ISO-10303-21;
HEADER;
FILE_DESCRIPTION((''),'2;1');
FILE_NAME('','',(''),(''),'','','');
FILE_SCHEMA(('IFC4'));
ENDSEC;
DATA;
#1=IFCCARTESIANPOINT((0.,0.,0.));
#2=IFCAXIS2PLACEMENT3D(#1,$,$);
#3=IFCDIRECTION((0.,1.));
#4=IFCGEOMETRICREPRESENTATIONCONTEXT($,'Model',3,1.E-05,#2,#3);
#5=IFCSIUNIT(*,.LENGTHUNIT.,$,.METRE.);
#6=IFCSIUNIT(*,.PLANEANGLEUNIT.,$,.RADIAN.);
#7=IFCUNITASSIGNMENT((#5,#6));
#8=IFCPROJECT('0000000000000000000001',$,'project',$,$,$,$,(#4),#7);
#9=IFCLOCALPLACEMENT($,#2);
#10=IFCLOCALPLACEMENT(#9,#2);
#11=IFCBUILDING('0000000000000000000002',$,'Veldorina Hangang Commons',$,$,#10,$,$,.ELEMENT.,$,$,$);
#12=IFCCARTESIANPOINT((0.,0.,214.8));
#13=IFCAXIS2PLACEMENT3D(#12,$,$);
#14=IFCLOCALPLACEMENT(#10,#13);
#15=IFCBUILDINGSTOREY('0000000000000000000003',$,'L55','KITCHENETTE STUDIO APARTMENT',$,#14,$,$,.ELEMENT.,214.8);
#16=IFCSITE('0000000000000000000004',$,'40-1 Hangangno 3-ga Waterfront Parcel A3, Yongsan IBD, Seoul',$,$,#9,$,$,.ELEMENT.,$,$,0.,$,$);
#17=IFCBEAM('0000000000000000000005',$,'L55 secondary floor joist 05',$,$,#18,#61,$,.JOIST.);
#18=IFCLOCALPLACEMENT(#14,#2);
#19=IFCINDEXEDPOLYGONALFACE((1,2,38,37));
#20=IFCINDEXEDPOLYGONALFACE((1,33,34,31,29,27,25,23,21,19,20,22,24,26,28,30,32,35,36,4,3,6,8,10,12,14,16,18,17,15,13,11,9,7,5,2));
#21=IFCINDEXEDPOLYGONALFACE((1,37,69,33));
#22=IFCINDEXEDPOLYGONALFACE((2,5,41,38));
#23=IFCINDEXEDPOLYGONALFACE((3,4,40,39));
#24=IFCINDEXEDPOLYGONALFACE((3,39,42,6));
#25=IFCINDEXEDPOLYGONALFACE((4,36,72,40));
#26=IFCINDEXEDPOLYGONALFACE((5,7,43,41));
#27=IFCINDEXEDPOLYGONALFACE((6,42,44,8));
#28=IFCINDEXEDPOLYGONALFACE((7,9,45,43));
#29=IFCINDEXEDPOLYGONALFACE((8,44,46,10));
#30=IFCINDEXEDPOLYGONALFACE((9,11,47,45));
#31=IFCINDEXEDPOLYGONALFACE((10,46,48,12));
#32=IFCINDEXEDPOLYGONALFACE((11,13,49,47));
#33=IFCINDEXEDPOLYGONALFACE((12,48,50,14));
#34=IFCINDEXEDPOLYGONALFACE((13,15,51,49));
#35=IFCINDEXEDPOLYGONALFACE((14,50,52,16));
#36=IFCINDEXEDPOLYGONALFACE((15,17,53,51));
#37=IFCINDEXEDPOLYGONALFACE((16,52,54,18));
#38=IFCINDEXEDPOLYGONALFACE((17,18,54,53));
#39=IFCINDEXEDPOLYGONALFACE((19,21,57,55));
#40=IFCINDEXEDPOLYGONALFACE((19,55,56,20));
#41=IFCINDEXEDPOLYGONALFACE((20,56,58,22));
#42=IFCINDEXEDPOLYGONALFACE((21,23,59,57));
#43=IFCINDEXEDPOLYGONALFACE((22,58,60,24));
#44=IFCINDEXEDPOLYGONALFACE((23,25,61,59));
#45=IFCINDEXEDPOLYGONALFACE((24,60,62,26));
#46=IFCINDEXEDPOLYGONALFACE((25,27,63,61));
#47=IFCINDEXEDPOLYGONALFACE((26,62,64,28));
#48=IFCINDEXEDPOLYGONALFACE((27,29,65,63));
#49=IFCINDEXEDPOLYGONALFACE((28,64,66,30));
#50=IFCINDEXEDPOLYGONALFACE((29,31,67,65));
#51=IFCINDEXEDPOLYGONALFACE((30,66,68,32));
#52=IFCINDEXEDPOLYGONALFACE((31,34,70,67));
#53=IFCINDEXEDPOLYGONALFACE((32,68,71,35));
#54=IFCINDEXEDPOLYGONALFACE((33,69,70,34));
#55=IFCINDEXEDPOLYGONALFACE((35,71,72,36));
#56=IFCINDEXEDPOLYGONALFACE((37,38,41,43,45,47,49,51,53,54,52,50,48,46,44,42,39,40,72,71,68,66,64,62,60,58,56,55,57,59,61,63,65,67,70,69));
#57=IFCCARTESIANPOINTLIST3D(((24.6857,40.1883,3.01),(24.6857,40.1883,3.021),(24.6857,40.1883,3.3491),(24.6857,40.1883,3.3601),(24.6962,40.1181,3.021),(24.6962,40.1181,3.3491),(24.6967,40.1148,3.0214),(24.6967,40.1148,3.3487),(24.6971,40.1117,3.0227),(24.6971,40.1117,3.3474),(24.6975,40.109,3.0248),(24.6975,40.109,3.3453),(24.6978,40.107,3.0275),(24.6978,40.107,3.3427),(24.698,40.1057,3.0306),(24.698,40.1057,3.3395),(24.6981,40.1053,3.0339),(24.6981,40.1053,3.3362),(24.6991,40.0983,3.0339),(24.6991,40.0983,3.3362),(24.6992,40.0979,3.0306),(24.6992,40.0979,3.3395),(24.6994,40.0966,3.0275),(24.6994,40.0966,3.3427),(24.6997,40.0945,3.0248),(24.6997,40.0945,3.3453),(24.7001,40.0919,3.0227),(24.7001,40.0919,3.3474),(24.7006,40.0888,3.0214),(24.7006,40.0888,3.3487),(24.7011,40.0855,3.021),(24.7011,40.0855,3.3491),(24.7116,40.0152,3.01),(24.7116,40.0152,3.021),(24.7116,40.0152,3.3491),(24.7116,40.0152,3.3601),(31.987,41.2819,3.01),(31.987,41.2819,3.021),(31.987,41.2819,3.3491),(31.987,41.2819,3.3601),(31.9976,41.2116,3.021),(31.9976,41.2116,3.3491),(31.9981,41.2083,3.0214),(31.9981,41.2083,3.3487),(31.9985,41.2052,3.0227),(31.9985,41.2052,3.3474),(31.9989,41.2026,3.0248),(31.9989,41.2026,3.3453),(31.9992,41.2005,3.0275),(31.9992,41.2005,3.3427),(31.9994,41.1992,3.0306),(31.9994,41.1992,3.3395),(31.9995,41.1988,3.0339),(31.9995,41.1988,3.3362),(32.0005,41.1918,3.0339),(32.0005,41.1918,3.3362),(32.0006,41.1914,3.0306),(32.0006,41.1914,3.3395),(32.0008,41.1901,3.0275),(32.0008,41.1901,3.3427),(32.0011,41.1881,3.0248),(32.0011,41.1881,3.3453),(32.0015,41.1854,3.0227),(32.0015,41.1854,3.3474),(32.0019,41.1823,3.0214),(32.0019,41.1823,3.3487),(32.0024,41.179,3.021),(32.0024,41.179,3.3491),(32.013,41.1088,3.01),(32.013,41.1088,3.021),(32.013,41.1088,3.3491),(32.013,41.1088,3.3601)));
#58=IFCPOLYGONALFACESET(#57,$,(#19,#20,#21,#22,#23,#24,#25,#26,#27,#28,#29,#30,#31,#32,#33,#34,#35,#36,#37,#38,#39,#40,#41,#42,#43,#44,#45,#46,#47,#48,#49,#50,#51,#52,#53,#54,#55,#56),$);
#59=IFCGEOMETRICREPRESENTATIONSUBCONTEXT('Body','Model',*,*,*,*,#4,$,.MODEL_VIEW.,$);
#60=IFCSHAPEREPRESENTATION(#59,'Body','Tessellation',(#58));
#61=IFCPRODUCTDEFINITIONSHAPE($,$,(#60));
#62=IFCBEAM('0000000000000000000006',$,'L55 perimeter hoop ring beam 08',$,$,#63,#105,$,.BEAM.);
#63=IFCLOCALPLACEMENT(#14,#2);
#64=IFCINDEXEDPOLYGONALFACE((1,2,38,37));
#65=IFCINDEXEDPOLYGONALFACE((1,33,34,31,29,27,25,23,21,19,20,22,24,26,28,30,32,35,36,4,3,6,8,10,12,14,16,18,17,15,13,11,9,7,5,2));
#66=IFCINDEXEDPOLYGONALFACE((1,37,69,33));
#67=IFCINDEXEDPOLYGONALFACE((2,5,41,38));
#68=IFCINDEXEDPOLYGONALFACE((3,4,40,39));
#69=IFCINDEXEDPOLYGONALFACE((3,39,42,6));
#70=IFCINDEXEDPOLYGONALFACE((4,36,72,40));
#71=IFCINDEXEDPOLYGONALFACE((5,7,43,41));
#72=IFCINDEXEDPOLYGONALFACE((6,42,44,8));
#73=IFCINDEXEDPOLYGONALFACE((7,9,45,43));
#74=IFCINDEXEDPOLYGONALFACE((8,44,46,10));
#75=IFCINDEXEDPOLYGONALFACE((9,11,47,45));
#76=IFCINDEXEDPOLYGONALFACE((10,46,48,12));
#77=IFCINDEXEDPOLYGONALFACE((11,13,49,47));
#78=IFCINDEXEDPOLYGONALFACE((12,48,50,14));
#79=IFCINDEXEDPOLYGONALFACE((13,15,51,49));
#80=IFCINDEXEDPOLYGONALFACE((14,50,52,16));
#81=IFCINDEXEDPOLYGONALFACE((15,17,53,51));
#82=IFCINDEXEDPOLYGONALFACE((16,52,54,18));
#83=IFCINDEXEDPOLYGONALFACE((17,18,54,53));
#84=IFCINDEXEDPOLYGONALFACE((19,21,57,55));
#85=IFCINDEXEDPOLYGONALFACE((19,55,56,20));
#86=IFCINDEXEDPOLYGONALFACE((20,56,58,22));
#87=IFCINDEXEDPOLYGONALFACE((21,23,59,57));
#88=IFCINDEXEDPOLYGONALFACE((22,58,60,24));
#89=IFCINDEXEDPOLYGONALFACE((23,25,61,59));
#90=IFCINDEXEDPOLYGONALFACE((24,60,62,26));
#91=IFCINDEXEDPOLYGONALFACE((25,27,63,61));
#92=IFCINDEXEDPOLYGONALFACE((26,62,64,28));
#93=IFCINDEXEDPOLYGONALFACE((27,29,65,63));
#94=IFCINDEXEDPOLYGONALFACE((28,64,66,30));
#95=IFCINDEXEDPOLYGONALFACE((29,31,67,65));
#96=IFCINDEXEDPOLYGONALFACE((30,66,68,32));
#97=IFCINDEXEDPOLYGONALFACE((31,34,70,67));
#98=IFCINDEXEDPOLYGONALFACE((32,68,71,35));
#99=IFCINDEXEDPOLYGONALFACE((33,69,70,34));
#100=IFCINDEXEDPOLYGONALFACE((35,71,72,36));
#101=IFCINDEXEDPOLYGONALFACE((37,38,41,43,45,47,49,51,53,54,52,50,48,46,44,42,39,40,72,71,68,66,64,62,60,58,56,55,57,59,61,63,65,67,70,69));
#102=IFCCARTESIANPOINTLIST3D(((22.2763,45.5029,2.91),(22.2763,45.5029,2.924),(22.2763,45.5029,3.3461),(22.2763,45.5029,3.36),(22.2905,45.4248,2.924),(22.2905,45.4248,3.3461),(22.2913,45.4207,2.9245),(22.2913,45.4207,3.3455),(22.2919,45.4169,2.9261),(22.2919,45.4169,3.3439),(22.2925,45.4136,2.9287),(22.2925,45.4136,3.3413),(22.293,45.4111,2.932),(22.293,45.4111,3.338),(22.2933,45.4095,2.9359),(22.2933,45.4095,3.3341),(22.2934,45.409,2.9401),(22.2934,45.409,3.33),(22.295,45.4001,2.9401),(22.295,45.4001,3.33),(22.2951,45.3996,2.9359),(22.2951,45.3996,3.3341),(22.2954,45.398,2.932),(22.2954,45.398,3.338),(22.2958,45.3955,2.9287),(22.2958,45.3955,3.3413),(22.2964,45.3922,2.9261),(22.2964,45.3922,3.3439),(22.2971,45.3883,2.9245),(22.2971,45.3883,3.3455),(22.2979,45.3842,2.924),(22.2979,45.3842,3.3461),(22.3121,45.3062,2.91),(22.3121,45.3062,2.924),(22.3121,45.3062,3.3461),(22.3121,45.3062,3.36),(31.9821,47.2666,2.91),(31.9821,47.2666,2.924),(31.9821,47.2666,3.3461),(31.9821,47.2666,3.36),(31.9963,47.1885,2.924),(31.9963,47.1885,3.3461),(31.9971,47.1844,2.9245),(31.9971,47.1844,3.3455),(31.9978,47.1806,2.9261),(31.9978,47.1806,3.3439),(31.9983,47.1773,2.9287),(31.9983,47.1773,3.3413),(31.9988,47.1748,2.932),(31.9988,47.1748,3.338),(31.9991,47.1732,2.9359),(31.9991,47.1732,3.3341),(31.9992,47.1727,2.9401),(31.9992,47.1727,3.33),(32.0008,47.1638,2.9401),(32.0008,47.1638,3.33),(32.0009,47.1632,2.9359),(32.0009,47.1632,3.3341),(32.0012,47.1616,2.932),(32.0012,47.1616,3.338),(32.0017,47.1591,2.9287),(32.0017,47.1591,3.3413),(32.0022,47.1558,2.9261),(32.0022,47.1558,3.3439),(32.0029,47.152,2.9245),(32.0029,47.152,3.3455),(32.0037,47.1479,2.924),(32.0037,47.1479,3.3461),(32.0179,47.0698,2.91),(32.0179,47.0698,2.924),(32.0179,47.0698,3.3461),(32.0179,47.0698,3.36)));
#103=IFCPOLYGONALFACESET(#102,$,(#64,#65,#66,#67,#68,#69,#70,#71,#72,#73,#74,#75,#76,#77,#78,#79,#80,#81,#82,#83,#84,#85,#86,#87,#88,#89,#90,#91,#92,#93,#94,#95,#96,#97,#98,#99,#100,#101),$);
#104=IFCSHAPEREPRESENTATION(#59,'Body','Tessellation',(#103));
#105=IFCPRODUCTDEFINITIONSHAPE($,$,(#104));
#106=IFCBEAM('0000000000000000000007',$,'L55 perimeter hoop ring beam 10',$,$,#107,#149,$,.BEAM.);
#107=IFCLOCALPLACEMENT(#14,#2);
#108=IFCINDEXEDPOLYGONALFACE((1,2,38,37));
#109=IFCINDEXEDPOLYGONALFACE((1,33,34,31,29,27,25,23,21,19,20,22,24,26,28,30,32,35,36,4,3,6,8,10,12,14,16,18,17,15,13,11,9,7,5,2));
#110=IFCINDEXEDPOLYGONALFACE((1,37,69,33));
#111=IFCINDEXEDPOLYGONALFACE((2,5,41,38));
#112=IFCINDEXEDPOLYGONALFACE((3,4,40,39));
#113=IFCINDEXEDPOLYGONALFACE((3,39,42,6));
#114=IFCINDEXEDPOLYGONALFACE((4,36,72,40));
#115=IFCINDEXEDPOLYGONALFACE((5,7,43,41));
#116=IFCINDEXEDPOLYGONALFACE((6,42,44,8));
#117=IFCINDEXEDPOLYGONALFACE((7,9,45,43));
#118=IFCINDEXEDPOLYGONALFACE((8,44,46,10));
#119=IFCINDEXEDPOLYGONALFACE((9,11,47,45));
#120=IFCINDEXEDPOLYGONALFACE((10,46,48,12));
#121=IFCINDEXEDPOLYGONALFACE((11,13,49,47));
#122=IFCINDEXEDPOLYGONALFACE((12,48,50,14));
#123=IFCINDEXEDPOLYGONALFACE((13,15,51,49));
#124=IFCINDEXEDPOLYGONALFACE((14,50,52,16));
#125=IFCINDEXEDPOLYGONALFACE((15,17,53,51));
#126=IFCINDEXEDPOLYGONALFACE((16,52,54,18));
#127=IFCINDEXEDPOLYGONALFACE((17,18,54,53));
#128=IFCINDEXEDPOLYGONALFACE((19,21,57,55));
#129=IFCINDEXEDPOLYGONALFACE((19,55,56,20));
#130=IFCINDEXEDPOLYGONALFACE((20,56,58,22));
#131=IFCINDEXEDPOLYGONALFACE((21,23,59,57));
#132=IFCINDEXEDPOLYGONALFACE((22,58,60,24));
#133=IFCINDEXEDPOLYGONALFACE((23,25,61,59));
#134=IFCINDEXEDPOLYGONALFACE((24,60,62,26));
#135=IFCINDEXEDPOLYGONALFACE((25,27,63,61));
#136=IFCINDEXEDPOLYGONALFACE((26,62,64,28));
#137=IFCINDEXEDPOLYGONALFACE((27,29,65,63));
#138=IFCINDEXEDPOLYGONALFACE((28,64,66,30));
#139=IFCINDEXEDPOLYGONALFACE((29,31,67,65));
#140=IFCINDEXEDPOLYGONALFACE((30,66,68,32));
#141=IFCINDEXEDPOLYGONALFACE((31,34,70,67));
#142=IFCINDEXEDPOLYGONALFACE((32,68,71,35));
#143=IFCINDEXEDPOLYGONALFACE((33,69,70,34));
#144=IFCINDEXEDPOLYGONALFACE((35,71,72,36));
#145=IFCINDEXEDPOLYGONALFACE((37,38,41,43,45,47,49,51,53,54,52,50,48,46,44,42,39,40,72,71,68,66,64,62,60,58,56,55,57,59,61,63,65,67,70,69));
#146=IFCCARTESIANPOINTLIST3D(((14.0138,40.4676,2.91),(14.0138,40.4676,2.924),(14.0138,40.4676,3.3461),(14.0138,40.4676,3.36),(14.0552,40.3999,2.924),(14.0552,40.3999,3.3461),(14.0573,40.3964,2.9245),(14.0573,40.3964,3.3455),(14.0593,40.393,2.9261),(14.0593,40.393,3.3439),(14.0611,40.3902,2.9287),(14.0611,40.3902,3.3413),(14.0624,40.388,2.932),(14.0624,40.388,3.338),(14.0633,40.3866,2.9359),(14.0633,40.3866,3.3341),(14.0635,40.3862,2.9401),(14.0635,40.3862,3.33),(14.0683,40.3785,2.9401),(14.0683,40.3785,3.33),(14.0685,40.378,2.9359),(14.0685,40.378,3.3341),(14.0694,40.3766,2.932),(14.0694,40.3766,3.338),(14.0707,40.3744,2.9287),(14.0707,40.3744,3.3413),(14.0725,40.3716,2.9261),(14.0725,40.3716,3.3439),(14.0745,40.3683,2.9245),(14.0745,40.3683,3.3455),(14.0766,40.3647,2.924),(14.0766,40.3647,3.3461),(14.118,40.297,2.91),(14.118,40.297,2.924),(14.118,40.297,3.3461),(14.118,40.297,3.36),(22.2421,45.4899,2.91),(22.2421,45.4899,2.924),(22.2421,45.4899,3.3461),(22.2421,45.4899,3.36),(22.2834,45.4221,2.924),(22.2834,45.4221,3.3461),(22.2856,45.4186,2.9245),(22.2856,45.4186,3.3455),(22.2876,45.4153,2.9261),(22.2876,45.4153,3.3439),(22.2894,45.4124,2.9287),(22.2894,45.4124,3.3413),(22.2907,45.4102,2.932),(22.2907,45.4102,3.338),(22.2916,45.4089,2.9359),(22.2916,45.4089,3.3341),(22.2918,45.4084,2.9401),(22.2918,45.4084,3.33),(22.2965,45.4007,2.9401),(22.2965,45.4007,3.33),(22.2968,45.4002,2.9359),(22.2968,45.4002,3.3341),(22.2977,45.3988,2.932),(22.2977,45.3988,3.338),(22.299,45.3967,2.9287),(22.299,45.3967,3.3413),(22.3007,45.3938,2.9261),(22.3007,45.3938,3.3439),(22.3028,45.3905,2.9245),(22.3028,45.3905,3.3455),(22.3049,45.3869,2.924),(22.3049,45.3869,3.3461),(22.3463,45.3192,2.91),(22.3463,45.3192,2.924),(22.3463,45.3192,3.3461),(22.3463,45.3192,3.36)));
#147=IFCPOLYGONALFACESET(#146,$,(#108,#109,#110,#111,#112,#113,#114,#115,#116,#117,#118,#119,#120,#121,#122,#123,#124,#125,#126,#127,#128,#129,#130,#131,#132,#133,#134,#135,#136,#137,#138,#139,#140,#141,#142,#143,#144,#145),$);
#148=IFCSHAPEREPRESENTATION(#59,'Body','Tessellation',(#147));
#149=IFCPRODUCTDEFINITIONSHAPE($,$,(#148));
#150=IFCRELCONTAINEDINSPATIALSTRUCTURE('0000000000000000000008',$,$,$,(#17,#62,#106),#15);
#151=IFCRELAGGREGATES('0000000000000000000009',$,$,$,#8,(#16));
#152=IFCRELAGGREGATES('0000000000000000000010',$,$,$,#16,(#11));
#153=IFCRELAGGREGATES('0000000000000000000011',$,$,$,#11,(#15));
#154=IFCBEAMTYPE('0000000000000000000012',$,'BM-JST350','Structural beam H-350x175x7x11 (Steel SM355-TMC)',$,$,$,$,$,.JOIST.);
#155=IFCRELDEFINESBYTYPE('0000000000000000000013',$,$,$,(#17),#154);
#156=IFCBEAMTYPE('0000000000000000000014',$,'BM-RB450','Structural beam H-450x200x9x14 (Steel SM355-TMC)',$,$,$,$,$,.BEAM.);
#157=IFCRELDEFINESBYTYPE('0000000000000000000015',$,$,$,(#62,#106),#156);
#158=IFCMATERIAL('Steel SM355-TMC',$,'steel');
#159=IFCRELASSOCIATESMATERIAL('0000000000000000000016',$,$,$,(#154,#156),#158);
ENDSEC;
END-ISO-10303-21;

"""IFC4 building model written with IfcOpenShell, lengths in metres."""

from ifc_helpers import new_model, si_unit, direction, frame, origin, origin_2d, place, context, subcontext, project, spatial, i_section, extrude, material, material_profile, profile_set, type_object, element, save


model = new_model("IFC4")

# Units and contexts
model_context = context("Model", 3, precision=1e-05, world=origin(), true_north=direction((0.0, 1.0)))
body_context = subcontext(model_context, "Body", "Model", "MODEL_VIEW")
ifc_project = project(units=[si_unit("LENGTHUNIT", "METRE"), si_unit("PLANEANGLEUNIT", "RADIAN")], contexts=[model_context])

# Site, building, storey
site_placement = place(None, origin())
site = spatial("IfcSite", under=ifc_project, at=site_placement, Name="40-1 Hangangno 3-ga Waterfront Parcel A3, Yongsan IBD, Seoul", CompositionType="ELEMENT", RefElevation=0.0)
building_placement = place(site_placement, origin())
building = spatial("IfcBuilding", under=site, at=building_placement, Name="Veldorina Hangang Commons", CompositionType="ELEMENT")
storey_placement = place(building_placement, frame((0.0, 0.0, 214.8)))
storey = spatial("IfcBuildingStorey", under=building, at=storey_placement, Name="L55", Description="KITCHENETTE STUDIO APARTMENT", CompositionType="ELEMENT", Elevation=214.8)

# Beams
ifc_material_1 = material(Name="Steel SM355-TMC", Category="steel")
ifc_material_profile_1 = material_profile(ifc_material_1, i_section(OverallWidth=0.175, OverallDepth=0.3501, WebThickness=0.0071, FlangeThickness=0.011, FilletRadius=0.0129, at=origin_2d()), Name="H-350x175x7x11")
ifc_profile_set_1 = profile_set([ifc_material_profile_1], Name="Steel SM355-TMC")
beam_type_1 = type_object("IfcBeamType", Name="BM-JST350", Description="Structural beam H-350x175x7x11 (Steel SM355-TMC)", PredefinedType="JOIST", material=ifc_profile_set_1)
beam_1_placement = place(storey_placement, frame((32.0, 41.1953, 3.1851), z_axis=(-0.98897, -0.148117, 0.0), x_axis=(0.148117, -0.98897, 0.0)))
element("IfcBeam", 1, at=beam_1_placement, inside=storey, type_object=beam_type_1, Name="L55 secondary floor joist 05", PredefinedType="JOIST", context=body_context, shape_type="SweptSolid", body=[
    extrude(i_section(OverallWidth=0.175, OverallDepth=0.3501, WebThickness=0.0071, FlangeThickness=0.011, FilletRadius=0.0129, at=origin_2d()), origin(), (0.0, 0.0, 1.0), 7.3828),
])
ifc_material_profile_2 = material_profile(ifc_material_1, i_section(OverallWidth=0.2, OverallDepth=0.45, WebThickness=0.009, FlangeThickness=0.0139, FilletRadius=0.0161, at=origin_2d()), Name="H-450x200x9x14")
ifc_profile_set_2 = profile_set([ifc_material_profile_2], Name="Steel SM355-TMC")
beam_type_2 = type_object("IfcBeamType", Name="BM-RB450", Description="Structural beam H-450x200x9x14 (Steel SM355-TMC)", PredefinedType="BEAM", material=ifc_profile_set_2)
beam_2_placement = place(storey_placement, frame((32.0, 47.1682, 3.135), z_axis=(-0.983888, -0.178785, 0.0), x_axis=(0.178785, -0.983888, 0.0)))
element("IfcBeam", 2, at=beam_2_placement, inside=storey, type_object=beam_type_2, Name="L55 perimeter hoop ring beam 08", PredefinedType="BEAM", context=body_context, shape_type="SweptSolid", body=[
    extrude(i_section(OverallWidth=0.2, OverallDepth=0.45, WebThickness=0.009, FlangeThickness=0.0139, FilletRadius=0.0161, at=origin_2d()), origin(), (0.0, 0.0, 1.0), 9.8647),
])
beam_3_placement = place(storey_placement, frame((22.2942, 45.4045, 3.135), z_axis=(-0.853567, -0.520984, 0.0), x_axis=(0.520984, -0.853567, 0.0)))
element("IfcBeam", 3, at=beam_3_placement, inside=storey, type_object=beam_type_2, Name="L55 perimeter hoop ring beam 10", PredefinedType="BEAM", context=body_context, shape_type="SweptSolid", body=[
    extrude(i_section(OverallWidth=0.2, OverallDepth=0.45, WebThickness=0.009, FlangeThickness=0.0139, FilletRadius=0.0161, at=origin_2d()), origin(), (0.0, 0.0, 1.0), 9.6399),
])

save(model, "model.ifc")
